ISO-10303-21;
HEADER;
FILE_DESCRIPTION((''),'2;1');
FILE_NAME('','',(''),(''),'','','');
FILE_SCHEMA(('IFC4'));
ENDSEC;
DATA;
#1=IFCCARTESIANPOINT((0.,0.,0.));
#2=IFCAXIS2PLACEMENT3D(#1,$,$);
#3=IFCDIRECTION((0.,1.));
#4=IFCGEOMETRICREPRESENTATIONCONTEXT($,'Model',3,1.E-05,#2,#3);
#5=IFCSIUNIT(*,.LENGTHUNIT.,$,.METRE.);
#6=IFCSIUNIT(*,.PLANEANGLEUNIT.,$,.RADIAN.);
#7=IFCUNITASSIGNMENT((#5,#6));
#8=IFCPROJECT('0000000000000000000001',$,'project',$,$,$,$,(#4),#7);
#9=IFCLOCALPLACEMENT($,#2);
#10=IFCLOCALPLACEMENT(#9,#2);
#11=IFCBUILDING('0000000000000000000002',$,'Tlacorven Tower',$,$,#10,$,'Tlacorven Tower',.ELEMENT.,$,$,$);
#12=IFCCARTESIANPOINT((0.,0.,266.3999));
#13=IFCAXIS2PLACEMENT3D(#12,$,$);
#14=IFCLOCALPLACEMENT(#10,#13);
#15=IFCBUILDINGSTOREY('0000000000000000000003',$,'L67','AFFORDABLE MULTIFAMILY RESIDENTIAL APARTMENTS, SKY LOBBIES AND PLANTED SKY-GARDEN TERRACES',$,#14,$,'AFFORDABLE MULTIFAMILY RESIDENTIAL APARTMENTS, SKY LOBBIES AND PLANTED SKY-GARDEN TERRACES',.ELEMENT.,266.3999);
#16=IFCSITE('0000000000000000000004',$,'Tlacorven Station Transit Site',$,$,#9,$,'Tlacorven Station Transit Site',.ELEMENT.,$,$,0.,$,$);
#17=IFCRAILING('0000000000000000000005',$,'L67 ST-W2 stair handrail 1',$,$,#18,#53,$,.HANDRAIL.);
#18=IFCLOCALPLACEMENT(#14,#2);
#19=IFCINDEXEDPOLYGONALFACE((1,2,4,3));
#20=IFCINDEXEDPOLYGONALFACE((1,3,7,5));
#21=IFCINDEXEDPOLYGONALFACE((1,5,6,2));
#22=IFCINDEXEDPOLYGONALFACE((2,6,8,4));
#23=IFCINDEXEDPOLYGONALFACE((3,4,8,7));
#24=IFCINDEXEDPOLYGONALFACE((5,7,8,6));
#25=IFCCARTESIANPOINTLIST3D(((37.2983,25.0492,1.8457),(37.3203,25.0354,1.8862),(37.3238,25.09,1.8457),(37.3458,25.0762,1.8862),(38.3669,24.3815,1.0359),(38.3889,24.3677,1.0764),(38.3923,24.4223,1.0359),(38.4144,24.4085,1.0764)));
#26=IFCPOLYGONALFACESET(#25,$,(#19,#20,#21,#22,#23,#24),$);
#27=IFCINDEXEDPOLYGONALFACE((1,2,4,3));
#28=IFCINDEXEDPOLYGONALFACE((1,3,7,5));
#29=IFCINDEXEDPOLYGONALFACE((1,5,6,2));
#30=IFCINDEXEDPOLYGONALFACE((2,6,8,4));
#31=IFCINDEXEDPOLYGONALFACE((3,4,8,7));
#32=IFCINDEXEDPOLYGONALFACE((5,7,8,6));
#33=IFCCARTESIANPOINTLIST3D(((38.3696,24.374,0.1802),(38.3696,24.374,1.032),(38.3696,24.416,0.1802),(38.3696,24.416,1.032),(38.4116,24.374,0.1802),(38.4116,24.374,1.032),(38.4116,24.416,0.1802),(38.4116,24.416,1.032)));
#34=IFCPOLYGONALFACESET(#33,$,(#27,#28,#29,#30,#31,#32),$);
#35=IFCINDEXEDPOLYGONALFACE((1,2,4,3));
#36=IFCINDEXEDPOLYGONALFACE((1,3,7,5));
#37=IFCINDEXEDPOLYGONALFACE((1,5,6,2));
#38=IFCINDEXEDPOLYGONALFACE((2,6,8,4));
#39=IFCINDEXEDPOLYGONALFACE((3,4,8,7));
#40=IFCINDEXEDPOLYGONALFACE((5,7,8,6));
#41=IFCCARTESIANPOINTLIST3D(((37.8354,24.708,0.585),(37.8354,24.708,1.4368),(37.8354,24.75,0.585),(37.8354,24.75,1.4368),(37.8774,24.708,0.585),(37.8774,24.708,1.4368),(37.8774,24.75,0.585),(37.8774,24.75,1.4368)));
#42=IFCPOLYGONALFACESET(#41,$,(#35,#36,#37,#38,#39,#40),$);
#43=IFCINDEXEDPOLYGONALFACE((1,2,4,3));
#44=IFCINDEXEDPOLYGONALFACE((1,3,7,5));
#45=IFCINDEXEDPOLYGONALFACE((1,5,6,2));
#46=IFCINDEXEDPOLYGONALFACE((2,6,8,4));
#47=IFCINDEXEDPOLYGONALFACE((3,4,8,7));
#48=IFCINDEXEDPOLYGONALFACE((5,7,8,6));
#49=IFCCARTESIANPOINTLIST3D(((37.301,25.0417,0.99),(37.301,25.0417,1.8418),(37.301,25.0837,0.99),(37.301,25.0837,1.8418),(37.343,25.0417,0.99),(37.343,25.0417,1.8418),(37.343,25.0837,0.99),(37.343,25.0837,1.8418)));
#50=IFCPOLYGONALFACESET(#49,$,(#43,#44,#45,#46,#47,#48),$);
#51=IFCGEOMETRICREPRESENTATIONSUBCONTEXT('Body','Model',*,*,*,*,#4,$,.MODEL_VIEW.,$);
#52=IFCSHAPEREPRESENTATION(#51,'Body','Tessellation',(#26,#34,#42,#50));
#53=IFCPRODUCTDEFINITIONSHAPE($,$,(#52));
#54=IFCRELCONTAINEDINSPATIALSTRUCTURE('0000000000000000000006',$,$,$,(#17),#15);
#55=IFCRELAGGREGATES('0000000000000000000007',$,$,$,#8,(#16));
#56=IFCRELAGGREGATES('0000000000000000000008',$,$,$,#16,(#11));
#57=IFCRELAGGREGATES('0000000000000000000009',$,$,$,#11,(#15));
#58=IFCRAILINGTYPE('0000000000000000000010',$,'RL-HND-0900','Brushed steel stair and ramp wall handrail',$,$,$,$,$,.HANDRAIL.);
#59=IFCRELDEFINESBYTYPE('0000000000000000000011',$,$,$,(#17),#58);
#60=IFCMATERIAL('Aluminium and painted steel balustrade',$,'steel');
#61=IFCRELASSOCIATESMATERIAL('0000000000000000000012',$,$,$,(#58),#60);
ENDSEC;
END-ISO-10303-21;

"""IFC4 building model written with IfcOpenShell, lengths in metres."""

from ifc_helpers import new_model, si_unit, direction, frame, origin, origin_2d, place, context, subcontext, project, spatial, rectangle, extrude, source, transform, mapped, material, type_object, element, save


model = new_model("IFC4")

# Units and contexts
model_context = context("Model", 3, precision=1e-05, world=origin(), true_north=direction((0.0, 1.0)))
body_context = subcontext(model_context, "Body", "Model", "MODEL_VIEW")
ifc_project = project(units=[si_unit("LENGTHUNIT", "METRE"), si_unit("PLANEANGLEUNIT", "RADIAN")], contexts=[model_context])

# Site, building, storey
site_placement = place(None, origin())
site = spatial("IfcSite", under=ifc_project, at=site_placement, Name="Tlacorven Station Transit Site", LongName="Tlacorven Station Transit Site", CompositionType="ELEMENT", RefElevation=0.0)
building_placement = place(site_placement, origin())
building = spatial("IfcBuilding", under=site, at=building_placement, Name="Tlacorven Tower", LongName="Tlacorven Tower", CompositionType="ELEMENT")
storey_placement = place(building_placement, frame((0.0, 0.0, 266.3999)))
storey = spatial("IfcBuildingStorey", under=building, at=storey_placement, Name="L67", Description="AFFORDABLE MULTIFAMILY RESIDENTIAL APARTMENTS, SKY LOBBIES AND PLANTED SKY-GARDEN TERRACES", LongName="AFFORDABLE MULTIFAMILY RESIDENTIAL APARTMENTS, SKY LOBBIES AND PLANTED SKY-GARDEN TERRACES", CompositionType="ELEMENT", Elevation=266.3999)

# Railing
ifc_material_1 = material(Name="Aluminium and painted steel balustrade", Category="steel")
railing_type = type_object("IfcRailingType", Name="RL-HND-0900", Description="Brushed steel stair and ramp wall handrail", PredefinedType="HANDRAIL", material=ifc_material_1)
shared_shape_1 = source(origin(), body_context, "Body", "SweptSolid", [
    extrude(rectangle(XDim=0.0481, YDim=0.0481, at=origin_2d()), frame((0.0, 0.0, 0.876), z_axis=(-0.713423, 0.445787, 0.540649), x_axis=(-0.529912, -0.848053, 0.0)), (0.0, 0.0, 1.0), 1.4978),
    extrude(rectangle(XDim=0.042, YDim=0.042, at=origin_2d()), origin(), (0.0, 0.0, 1.0), 0.8518),
    extrude(rectangle(XDim=0.042, YDim=0.042, at=origin_2d()), frame((-0.5342, 0.334, 0.4048)), (0.0, 0.0, 1.0), 0.8518),
    extrude(rectangle(XDim=0.042, YDim=0.042, at=origin_2d()), frame((-1.0686, 0.6677, 0.8098)), (0.0, 0.0, 1.0), 0.8518),
])
railing_placement = place(storey_placement, frame((38.3906, 24.395, 0.1802)))
element("IfcRailing", 1, at=railing_placement, inside=storey, type_object=railing_type, Name="L67 ST-W2 stair handrail 1", PredefinedType="HANDRAIL", context=body_context, shape_type="MappedRepresentation", body=[
    mapped(shared_shape_1, transform((0.0, 0.0, 0.0), scale=1.0)),
])

save(model, "model.ifc")
